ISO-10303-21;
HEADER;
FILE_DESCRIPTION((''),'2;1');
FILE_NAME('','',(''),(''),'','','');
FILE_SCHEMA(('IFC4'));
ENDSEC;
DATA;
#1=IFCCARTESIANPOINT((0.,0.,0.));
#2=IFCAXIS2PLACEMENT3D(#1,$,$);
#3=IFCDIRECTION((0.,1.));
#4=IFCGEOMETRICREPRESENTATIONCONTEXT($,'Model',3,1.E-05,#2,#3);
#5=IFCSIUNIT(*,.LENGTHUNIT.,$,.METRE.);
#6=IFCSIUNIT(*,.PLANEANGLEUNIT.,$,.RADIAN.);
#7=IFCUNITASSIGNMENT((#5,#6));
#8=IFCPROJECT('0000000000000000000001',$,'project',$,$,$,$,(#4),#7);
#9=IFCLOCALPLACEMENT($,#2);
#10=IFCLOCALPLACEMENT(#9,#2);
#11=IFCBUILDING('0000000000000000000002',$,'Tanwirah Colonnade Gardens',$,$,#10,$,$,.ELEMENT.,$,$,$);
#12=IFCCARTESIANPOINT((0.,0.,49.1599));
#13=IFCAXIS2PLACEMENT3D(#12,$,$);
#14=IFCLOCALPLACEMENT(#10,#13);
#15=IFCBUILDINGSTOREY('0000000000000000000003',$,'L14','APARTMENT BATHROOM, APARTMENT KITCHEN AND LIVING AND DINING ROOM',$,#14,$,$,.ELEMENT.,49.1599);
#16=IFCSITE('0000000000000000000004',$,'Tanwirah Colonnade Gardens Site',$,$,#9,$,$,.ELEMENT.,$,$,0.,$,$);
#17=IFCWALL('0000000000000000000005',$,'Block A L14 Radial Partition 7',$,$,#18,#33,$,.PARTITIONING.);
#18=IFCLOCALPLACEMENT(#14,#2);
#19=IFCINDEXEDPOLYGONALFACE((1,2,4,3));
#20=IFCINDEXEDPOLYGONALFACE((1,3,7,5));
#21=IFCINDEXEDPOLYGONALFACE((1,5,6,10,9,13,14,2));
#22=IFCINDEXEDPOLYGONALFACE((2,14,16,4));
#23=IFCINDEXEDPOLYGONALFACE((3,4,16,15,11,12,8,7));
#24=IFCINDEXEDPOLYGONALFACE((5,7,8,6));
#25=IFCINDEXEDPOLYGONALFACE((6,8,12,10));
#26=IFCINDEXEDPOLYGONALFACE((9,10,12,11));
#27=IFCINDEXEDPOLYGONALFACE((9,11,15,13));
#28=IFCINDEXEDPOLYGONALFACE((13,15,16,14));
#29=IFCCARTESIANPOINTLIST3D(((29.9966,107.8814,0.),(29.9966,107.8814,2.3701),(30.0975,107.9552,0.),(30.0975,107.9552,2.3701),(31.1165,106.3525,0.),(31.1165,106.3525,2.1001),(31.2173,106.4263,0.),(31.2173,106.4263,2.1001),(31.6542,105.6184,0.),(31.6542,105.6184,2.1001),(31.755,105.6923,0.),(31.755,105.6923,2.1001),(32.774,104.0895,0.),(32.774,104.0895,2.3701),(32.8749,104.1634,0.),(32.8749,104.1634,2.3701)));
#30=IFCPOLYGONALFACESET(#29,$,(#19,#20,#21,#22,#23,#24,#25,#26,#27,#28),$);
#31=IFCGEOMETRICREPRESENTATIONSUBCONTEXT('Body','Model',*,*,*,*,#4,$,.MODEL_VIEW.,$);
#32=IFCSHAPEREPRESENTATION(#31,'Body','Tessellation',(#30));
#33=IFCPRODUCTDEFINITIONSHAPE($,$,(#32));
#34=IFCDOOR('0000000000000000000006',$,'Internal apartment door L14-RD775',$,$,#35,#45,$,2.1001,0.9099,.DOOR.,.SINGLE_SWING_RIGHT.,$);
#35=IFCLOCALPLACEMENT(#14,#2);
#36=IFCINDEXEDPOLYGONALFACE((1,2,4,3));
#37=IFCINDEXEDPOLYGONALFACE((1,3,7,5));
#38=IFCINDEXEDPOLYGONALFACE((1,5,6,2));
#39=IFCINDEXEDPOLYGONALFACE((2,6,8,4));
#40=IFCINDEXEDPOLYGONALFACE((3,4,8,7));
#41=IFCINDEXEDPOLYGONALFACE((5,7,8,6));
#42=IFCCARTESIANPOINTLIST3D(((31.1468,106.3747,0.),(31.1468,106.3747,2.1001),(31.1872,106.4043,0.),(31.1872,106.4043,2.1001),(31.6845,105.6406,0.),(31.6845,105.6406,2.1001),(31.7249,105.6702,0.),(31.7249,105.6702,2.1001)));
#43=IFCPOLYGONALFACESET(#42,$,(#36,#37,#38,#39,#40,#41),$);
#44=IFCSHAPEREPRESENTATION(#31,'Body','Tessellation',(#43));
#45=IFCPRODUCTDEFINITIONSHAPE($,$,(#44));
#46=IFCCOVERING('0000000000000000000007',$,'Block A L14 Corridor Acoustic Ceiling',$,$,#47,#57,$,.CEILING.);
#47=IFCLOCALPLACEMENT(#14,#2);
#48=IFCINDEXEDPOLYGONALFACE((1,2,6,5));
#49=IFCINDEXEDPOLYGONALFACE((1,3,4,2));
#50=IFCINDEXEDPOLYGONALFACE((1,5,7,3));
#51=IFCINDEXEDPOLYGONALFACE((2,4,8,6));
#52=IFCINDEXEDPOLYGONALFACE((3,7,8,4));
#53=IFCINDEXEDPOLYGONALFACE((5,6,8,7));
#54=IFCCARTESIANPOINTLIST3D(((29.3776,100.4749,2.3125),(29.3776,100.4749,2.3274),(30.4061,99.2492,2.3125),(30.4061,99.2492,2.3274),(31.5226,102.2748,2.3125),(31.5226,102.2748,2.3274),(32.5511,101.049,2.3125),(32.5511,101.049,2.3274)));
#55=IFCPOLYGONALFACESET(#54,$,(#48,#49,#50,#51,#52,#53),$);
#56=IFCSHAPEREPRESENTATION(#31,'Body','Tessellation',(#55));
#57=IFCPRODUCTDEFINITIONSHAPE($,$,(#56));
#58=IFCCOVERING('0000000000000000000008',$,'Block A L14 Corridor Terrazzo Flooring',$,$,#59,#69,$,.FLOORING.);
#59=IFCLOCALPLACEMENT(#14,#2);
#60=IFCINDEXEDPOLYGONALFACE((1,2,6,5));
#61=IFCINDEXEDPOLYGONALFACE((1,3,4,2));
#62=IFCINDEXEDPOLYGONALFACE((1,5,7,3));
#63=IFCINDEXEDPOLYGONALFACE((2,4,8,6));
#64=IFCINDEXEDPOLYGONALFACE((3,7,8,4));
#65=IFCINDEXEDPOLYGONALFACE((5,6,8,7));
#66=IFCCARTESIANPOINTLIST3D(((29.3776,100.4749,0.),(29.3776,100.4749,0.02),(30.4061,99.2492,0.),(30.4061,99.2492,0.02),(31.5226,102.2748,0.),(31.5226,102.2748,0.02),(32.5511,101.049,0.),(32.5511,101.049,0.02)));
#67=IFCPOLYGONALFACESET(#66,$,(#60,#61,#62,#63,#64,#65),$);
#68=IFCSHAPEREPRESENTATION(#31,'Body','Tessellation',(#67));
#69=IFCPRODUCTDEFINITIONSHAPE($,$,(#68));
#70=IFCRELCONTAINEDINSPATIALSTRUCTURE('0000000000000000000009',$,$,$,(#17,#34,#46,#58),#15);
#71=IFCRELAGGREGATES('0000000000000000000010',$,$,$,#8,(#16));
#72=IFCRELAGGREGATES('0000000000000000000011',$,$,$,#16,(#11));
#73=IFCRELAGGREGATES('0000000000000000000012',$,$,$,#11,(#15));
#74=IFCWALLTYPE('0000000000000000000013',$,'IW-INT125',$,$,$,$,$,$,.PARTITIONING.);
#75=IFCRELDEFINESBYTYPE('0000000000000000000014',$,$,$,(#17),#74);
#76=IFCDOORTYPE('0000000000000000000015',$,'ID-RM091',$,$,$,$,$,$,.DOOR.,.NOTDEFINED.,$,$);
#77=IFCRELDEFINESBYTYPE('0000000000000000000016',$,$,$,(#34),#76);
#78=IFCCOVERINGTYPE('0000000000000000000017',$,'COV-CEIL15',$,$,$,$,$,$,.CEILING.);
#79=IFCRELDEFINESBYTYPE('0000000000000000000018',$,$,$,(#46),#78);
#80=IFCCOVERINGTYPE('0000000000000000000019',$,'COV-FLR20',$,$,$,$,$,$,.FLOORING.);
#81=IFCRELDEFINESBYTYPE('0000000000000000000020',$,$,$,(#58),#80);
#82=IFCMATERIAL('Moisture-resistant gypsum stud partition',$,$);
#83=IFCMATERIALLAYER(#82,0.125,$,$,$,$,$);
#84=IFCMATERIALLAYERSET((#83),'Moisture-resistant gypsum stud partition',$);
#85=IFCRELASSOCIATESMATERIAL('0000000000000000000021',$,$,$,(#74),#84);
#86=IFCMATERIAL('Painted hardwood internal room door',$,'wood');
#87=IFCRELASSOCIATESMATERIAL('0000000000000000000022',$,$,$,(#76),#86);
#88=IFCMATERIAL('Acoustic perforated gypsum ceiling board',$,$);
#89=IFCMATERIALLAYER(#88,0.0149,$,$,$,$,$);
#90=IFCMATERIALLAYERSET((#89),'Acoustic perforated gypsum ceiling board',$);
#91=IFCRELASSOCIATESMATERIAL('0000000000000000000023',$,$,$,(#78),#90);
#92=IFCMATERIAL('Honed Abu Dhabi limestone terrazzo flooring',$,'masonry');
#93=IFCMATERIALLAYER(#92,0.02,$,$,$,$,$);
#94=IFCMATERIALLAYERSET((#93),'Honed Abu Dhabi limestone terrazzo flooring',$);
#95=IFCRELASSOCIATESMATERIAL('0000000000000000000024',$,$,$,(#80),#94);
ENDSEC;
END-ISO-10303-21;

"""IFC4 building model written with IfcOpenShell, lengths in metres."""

from ifc_helpers import new_model, si_unit, direction, frame, frame_2d, origin, origin_2d, place, context, subcontext, project, spatial, rectangle, extrude, material, layer, layer_set, type_object, element, fill, save


model = new_model("IFC4")

# Units and contexts
model_context = context("Model", 3, precision=1e-05, world=origin(), true_north=direction((0.0, 1.0)))
body_context = subcontext(model_context, "Body", "Model", "MODEL_VIEW")
ifc_project = project(units=[si_unit("LENGTHUNIT", "METRE"), si_unit("PLANEANGLEUNIT", "RADIAN")], contexts=[model_context])

# Site, building, storey
site_placement = place(None, origin())
site = spatial("IfcSite", under=ifc_project, at=site_placement, Name="Tanwirah Colonnade Gardens Site", CompositionType="ELEMENT", RefElevation=0.0)
building_placement = place(site_placement, origin())
building = spatial("IfcBuilding", under=site, at=building_placement, Name="Tanwirah Colonnade Gardens", CompositionType="ELEMENT")
storey_placement = place(building_placement, frame((0.0, 0.0, 49.1599)))
storey = spatial("IfcBuildingStorey", under=building, at=storey_placement, Name="L14", Description="APARTMENT BATHROOM, APARTMENT KITCHEN AND LIVING AND DINING ROOM", CompositionType="ELEMENT", Elevation=49.1599)

# Wall, opening, door
ifc_material_1 = material(Name="Moisture-resistant gypsum stud partition")
ifc_layer_1 = layer(ifc_material_1, 0.125)
ifc_layer_set_1 = layer_set([ifc_layer_1], Name="Moisture-resistant gypsum stud partition")
wall_type_1 = type_object("IfcWallType", Name="IW-INT125", PredefinedType="PARTITIONING", material=ifc_layer_set_1)
wall_1_placement = place(storey_placement, frame((32.8245, 104.1265, 0.0), z_axis=(0.0, 0.0, 1.0), x_axis=(-0.590911, 0.806737, 0.0)))
wall_1 = element("IfcWall", 1, at=wall_1_placement, inside=storey, type_object=wall_type_1, Name="Block A L14 Radial Partition 7", PredefinedType="PARTITIONING", context=body_context, shape_type="SweptSolid", body=[
    extrude(rectangle(XDim=4.7002, YDim=0.125, at=frame_2d((2.3501, 0.0))), origin(), (0.0, 0.0, 1.0), 2.3701),
])
opening_1_placement = place(wall_1_placement, frame((1.895, 0.0, 0.0)))
opening_1 = element("IfcOpeningElement", 2, at=opening_1_placement, cuts=wall_1, PredefinedType="OPENING", context=body_context, shape_type="SweptSolid", body=[
    extrude(rectangle(XDim=0.9099, YDim=2.1001, at=frame_2d((0.4551, 1.05))), frame((0.0, 0.0725, 0.0), z_axis=(0.0, -1.0, 0.0), x_axis=(1.0, 0.0, 0.0)), (0.0, 0.0, 1.0), 0.145),
])
ifc_material_2 = material(Name="Painted hardwood internal room door", Category="wood")
door_type_1 = type_object("IfcDoorType", Name="ID-RM091", OperationType="NOTDEFINED", PredefinedType="DOOR", material=ifc_material_2)
door_1_placement = place(opening_1_placement, origin())
door_1 = element("IfcDoor", 3, at=door_1_placement, inside=storey, type_object=door_type_1, Name="Internal apartment door L14-RD775", OperationType="SINGLE_SWING_RIGHT", OverallHeight=2.1001, OverallWidth=0.9099, PredefinedType="DOOR", context=body_context, shape_type="SweptSolid", body=[
    extrude(rectangle(XDim=0.9099, YDim=2.1001, at=frame_2d((0.4551, 1.05))), frame((0.0, 0.0249, 0.0), z_axis=(0.0, -1.0, 0.0), x_axis=(1.0, 0.0, 0.0)), (0.0, 0.0, 1.0), 0.05),
])
fill(opening_1, door_1)

# Coverings
ifc_material_3 = material(Name="Acoustic perforated gypsum ceiling board")
ifc_layer_2 = layer(ifc_material_3, 0.0149)
ifc_layer_set_2 = layer_set([ifc_layer_2], Name="Acoustic perforated gypsum ceiling board")
covering_type_1 = type_object("IfcCoveringType", Name="COV-CEIL15", PredefinedType="CEILING", material=ifc_layer_set_2)
covering_1_placement = place(storey_placement, frame((30.9644, 100.762, 2.3125), z_axis=(0.0, 0.0, 1.0), x_axis=(-0.766044, -0.642788, 0.0)))
element("IfcCovering", 4, at=covering_1_placement, inside=storey, type_object=covering_type_1, Name="Block A L14 Corridor Acoustic Ceiling", PredefinedType="CEILING", context=body_context, shape_type="SweptSolid", body=[
    extrude(rectangle(XDim=2.8, YDim=1.6001, at=origin_2d()), origin(), (0.0, 0.0, 1.0), 0.0149),
])
ifc_material_4 = material(Name="Honed Abu Dhabi limestone terrazzo flooring", Category="masonry")
ifc_layer_3 = layer(ifc_material_4, 0.02)
ifc_layer_set_3 = layer_set([ifc_layer_3], Name="Honed Abu Dhabi limestone terrazzo flooring")
covering_type_2 = type_object("IfcCoveringType", Name="COV-FLR20", PredefinedType="FLOORING", material=ifc_layer_set_3)
covering_2_placement = place(storey_placement, frame((30.9644, 100.762, 0.0), z_axis=(0.0, 0.0, 1.0), x_axis=(-0.766044, -0.642788, 0.0)))
element("IfcCovering", 5, at=covering_2_placement, inside=storey, type_object=covering_type_2, Name="Block A L14 Corridor Terrazzo Flooring", PredefinedType="FLOORING", context=body_context, shape_type="SweptSolid", body=[
    extrude(rectangle(XDim=2.8, YDim=1.6001, at=origin_2d()), origin(), (0.0, 0.0, 1.0), 0.02),
])

save(model, "model.ifc")
